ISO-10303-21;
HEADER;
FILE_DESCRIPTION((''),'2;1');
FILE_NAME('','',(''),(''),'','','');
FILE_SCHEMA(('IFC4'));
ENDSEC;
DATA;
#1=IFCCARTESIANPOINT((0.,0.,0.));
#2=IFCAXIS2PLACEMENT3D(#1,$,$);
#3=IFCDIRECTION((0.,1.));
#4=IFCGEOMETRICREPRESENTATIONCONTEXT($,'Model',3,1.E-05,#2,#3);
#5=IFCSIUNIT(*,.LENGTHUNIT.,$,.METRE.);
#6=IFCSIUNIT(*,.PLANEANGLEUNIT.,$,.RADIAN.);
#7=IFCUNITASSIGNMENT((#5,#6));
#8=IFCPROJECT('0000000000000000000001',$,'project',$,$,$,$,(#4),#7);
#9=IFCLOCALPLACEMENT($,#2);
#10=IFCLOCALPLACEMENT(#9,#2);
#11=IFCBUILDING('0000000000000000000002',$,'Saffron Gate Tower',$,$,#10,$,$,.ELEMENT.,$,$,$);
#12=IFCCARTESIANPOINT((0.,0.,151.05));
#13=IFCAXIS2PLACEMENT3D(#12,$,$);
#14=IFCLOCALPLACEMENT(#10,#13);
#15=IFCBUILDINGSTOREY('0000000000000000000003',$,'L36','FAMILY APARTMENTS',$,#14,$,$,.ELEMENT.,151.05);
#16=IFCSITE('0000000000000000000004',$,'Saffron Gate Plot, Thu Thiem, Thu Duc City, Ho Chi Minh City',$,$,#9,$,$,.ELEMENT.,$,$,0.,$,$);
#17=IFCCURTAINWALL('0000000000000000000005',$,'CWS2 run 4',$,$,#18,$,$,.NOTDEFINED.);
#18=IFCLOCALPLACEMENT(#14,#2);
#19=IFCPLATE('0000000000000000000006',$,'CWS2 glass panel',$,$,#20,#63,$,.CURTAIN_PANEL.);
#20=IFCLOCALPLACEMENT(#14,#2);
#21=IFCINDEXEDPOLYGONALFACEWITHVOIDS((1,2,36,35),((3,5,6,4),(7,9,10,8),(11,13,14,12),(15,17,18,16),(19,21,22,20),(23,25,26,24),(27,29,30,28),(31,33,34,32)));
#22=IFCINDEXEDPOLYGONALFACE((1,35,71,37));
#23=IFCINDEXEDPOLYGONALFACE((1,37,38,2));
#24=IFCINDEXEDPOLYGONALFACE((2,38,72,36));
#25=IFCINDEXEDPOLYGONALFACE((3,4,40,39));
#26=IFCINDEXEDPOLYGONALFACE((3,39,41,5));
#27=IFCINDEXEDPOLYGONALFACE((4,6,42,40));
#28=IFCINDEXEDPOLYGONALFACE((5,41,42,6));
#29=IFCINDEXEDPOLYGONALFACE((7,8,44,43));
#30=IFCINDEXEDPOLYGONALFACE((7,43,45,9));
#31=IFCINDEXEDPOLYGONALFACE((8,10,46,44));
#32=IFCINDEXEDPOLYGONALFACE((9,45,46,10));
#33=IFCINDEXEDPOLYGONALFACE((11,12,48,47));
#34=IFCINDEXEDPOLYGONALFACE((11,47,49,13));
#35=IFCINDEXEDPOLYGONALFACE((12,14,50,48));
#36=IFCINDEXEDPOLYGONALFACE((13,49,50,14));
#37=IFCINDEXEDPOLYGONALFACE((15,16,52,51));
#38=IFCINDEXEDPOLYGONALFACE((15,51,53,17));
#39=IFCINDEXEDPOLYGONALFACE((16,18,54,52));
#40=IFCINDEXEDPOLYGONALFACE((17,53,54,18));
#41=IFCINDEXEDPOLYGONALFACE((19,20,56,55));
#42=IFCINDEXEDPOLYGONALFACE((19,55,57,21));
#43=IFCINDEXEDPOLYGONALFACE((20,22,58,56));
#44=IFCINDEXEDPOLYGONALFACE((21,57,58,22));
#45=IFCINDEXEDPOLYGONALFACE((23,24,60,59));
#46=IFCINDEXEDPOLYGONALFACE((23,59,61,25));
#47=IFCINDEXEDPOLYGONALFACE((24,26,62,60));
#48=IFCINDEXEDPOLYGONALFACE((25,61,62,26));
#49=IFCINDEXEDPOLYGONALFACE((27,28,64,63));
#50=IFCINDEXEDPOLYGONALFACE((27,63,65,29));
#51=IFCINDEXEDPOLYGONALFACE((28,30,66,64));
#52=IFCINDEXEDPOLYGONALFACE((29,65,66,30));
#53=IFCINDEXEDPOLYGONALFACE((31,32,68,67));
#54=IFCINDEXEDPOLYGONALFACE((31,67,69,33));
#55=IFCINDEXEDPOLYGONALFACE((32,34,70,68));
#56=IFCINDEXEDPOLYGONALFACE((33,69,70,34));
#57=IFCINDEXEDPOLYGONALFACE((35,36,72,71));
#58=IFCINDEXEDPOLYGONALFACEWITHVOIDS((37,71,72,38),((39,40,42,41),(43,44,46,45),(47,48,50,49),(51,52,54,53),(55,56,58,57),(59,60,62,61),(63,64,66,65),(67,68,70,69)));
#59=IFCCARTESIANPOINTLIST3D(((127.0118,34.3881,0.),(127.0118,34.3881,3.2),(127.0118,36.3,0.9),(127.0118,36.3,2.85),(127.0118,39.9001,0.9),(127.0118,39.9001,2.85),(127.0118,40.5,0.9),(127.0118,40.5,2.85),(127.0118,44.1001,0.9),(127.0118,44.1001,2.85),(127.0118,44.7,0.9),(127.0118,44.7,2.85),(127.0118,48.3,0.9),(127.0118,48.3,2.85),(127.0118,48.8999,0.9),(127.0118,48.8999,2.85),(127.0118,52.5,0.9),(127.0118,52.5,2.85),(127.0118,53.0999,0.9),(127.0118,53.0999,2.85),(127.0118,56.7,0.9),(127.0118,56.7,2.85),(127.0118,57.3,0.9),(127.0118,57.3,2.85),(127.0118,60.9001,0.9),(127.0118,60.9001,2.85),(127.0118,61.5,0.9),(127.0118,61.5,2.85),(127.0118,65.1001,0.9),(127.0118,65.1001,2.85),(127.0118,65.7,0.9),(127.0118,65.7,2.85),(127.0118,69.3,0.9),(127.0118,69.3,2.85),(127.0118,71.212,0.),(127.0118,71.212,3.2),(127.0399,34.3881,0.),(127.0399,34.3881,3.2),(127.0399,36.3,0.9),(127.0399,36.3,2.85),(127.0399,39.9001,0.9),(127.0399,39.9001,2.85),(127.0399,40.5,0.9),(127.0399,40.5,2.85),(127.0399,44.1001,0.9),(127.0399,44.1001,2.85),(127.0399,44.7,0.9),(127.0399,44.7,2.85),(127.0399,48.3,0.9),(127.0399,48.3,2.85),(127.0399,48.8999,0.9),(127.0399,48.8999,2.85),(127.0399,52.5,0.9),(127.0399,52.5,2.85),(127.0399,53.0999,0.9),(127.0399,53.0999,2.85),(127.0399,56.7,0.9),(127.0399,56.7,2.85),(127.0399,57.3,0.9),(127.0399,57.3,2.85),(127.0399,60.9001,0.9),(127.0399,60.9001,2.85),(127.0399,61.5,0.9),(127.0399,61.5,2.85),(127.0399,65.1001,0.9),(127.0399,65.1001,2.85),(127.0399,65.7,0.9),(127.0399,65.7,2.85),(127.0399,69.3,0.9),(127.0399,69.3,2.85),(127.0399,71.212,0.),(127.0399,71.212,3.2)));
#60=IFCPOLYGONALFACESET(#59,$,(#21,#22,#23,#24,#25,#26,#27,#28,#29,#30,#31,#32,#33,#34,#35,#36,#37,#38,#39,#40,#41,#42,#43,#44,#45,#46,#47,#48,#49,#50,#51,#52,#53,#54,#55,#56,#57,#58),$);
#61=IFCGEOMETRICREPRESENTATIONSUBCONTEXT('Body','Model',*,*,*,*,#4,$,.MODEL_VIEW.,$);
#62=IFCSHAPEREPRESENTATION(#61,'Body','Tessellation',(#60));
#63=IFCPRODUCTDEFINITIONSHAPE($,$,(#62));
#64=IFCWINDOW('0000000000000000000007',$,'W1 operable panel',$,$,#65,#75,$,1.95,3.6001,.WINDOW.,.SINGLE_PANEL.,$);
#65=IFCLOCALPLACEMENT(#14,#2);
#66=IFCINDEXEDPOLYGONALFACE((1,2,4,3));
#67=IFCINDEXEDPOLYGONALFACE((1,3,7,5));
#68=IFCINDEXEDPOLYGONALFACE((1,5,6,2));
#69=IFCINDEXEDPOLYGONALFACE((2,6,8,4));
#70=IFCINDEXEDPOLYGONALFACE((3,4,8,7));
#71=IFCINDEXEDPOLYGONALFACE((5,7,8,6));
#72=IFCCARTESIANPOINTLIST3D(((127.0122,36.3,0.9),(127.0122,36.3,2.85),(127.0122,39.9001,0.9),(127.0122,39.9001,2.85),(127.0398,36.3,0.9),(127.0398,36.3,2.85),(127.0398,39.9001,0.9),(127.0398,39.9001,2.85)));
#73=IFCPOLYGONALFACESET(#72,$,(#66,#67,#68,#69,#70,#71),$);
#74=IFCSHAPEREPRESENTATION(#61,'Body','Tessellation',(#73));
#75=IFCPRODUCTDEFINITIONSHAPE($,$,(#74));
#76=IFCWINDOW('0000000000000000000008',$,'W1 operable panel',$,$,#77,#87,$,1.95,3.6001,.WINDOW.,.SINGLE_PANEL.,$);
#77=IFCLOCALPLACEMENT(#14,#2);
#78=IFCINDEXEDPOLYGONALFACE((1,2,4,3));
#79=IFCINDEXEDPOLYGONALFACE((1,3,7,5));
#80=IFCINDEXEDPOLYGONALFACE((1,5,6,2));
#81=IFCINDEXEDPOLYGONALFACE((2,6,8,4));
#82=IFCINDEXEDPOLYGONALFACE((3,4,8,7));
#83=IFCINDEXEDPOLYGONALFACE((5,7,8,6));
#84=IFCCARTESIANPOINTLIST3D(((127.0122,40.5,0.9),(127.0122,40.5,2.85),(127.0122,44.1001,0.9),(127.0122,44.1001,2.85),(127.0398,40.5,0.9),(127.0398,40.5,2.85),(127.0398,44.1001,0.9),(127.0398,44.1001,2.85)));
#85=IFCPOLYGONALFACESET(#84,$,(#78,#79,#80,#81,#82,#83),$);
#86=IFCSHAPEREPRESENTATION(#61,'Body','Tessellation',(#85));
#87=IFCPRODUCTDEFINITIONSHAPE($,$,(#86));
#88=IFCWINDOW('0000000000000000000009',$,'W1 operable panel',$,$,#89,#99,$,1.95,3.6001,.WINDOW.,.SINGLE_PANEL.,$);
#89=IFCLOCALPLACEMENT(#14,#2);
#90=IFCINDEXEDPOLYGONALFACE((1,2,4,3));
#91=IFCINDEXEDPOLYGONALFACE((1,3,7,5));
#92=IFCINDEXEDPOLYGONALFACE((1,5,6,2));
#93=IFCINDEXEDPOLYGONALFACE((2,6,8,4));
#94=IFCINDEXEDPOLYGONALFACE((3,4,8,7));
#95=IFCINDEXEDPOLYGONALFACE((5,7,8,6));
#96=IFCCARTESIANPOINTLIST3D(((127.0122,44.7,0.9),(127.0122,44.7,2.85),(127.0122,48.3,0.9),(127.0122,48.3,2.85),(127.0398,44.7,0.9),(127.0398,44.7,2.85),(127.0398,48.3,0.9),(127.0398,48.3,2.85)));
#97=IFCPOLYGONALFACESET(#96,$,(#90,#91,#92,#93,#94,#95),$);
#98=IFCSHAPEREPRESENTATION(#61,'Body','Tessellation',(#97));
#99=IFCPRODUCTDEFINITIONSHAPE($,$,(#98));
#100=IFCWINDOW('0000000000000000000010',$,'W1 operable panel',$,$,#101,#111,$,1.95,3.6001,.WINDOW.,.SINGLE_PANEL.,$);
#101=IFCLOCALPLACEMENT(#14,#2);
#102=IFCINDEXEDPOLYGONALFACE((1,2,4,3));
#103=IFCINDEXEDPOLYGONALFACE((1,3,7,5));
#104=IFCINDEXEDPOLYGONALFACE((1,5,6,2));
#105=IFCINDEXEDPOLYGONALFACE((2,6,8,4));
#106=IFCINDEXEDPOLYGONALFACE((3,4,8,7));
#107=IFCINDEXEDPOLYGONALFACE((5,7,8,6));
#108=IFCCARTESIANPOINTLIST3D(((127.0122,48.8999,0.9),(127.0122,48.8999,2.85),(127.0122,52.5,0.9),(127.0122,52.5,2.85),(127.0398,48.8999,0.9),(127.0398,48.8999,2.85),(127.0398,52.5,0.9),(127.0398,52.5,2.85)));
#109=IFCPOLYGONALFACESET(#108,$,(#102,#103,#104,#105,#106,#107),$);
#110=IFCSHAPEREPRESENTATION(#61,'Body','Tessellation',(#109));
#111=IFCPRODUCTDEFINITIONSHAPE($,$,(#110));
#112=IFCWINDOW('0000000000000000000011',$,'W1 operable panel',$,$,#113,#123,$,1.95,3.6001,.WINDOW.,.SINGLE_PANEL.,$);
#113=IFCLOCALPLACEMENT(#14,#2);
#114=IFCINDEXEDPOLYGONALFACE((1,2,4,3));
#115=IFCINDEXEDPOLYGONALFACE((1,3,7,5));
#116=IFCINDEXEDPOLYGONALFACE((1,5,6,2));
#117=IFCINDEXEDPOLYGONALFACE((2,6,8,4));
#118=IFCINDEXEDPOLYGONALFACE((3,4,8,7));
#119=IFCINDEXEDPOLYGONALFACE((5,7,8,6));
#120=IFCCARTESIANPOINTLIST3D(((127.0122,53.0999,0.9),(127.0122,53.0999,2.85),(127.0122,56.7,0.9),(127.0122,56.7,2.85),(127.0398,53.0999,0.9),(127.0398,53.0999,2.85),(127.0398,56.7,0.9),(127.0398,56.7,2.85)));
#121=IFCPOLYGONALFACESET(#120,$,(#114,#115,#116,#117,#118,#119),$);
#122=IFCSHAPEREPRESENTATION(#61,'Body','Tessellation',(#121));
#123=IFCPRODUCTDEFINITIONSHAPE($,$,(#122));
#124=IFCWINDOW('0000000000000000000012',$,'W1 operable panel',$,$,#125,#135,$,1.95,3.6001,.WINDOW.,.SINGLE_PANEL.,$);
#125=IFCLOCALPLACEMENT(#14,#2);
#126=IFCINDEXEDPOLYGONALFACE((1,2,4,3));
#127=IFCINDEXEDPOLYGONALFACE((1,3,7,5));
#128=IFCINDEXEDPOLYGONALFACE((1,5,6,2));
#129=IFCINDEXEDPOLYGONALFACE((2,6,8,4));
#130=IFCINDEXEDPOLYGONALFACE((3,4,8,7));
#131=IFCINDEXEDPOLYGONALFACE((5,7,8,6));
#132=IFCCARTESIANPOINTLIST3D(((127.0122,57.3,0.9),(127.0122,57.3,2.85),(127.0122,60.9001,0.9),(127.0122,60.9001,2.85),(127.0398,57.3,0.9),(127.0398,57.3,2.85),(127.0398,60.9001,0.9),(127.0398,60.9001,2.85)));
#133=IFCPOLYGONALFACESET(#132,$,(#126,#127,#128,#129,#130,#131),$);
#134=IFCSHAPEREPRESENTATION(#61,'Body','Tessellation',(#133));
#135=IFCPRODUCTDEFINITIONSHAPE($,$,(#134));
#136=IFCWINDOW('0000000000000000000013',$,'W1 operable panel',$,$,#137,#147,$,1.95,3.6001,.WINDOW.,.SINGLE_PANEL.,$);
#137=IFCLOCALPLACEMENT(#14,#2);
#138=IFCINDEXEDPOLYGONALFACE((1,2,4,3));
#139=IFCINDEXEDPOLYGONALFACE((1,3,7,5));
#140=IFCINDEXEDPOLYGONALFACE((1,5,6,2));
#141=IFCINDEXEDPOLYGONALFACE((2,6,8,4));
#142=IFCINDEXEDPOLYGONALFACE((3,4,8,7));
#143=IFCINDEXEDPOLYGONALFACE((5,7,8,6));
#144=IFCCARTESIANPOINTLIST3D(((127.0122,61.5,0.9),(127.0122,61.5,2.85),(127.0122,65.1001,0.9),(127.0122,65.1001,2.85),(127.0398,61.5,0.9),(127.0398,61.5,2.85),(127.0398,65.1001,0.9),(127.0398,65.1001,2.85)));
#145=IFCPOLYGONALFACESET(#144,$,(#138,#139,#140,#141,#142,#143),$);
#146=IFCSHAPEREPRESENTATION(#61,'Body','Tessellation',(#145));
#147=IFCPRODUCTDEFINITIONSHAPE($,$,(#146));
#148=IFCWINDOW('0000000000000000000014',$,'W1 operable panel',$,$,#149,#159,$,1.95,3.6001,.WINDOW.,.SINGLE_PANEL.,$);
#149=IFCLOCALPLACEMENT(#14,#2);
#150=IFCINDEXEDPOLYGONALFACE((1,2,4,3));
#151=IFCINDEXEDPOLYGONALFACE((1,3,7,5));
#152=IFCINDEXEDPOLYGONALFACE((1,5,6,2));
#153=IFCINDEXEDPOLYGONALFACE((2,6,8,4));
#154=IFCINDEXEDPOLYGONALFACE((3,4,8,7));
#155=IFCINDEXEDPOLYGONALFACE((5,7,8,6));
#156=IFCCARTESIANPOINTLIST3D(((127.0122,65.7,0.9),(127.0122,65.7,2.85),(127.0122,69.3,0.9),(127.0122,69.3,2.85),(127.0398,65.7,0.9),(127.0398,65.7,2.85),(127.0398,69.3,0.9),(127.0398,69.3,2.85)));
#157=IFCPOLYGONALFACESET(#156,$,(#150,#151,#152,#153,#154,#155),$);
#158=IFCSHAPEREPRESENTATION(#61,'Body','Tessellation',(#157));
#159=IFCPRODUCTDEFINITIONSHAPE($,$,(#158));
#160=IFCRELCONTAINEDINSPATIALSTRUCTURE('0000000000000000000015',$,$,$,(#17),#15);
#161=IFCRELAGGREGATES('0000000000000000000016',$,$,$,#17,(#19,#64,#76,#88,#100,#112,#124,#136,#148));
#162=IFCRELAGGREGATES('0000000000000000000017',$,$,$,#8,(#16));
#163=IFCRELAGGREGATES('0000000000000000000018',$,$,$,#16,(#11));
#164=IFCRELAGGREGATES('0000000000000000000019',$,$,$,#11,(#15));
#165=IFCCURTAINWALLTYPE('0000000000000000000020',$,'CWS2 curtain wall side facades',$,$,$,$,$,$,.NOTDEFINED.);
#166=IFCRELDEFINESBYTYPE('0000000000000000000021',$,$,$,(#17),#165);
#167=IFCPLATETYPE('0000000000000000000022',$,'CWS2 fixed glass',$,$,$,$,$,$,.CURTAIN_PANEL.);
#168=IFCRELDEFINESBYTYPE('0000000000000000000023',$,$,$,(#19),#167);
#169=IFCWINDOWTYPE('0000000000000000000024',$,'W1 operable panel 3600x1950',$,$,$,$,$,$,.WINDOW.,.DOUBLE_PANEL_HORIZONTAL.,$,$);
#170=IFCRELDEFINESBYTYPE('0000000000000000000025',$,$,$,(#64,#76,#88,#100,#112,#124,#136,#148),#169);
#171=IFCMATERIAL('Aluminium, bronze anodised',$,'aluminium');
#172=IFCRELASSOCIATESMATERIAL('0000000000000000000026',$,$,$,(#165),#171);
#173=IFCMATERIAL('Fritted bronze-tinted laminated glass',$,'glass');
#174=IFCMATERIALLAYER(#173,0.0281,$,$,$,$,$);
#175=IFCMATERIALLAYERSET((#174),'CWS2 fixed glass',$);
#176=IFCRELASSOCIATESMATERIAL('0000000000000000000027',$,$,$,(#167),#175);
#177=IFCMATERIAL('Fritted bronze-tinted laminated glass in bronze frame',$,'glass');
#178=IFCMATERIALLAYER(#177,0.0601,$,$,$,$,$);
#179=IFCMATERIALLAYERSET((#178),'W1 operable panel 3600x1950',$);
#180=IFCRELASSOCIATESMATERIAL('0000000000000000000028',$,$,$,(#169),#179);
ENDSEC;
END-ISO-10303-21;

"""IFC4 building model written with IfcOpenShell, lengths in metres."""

from ifc_helpers import new_model, si_unit, direction, frame, frame_2d, origin, place, context, subcontext, project, spatial, rectangle, extrude, material, layer, layer_set, type_object, element, fill, aggregate, save


model = new_model("IFC4")

# Units and contexts
model_context = context("Model", 3, precision=1e-05, world=origin(), true_north=direction((0.0, 1.0)))
body_context = subcontext(model_context, "Body", "Model", "MODEL_VIEW")
ifc_project = project(units=[si_unit("LENGTHUNIT", "METRE"), si_unit("PLANEANGLEUNIT", "RADIAN")], contexts=[model_context])

# Site, building, storey
site_placement = place(None, origin())
site = spatial("IfcSite", under=ifc_project, at=site_placement, Name="Saffron Gate Plot, Thu Thiem, Thu Duc City, Ho Chi Minh City", CompositionType="ELEMENT", RefElevation=0.0)
building_placement = place(site_placement, origin())
building = spatial("IfcBuilding", under=site, at=building_placement, Name="Saffron Gate Tower", CompositionType="ELEMENT")
storey_placement = place(building_placement, frame((0.0, 0.0, 151.05)))
storey = spatial("IfcBuildingStorey", under=building, at=storey_placement, Name="L36", Description="FAMILY APARTMENTS", CompositionType="ELEMENT", Elevation=151.05)

# Curtain wall
ifc_material_1 = material(Name="Aluminium, bronze anodised", Category="aluminium")
curtain_wall_type_1 = type_object("IfcCurtainWallType", Name="CWS2 curtain wall side facades", PredefinedType="NOTDEFINED", material=ifc_material_1)
curtain_wall_1_placement = place(storey_placement, origin())
curtain_wall_1 = element("IfcCurtainWall", 1, at=curtain_wall_1_placement, inside=storey, type_object=curtain_wall_type_1, Name="CWS2 run 4", PredefinedType="NOTDEFINED")

# Plate, openings, windows
ifc_material_2 = material(Name="Fritted bronze-tinted laminated glass", Category="glass")
ifc_layer_1 = layer(ifc_material_2, 0.0281)
ifc_layer_set_1 = layer_set([ifc_layer_1], Name="CWS2 fixed glass")
plate_type_1 = type_object("IfcPlateType", Name="CWS2 fixed glass", PredefinedType="CURTAIN_PANEL", material=ifc_layer_set_1)
plate_1_placement = place(storey_placement, frame((127.0259, 34.3879, 0.0), z_axis=(0.0, 0.0, 1.0), x_axis=(0.0, 1.0, 0.0)))
plate_1 = element("IfcPlate", 2, at=plate_1_placement, type_object=plate_type_1, Name="CWS2 glass panel", PredefinedType="CURTAIN_PANEL", context=body_context, shape_type="SweptSolid", body=[
    extrude(rectangle(XDim=36.824, YDim=0.0281, at=frame_2d((18.4121, 0.0))), origin(), (0.0, 0.0, 1.0), 3.2),
])
opening_1_placement = place(plate_1_placement, frame((1.9121, 0.0, 0.8999)))
opening_1 = element("IfcOpeningElement", 3, at=opening_1_placement, cuts=plate_1, PredefinedType="OPENING", context=body_context, shape_type="SweptSolid", body=[
    extrude(rectangle(XDim=3.6001, YDim=1.95, at=frame_2d((1.8, 0.9751))), frame((0.0, 0.0239, 0.0), z_axis=(0.0, -1.0, 0.0), x_axis=(1.0, 0.0, 0.0)), (0.0, 0.0, 1.0), 0.0481),
])
opening_2_placement = place(plate_1_placement, frame((6.1121, 0.0, 0.8999)))
opening_2 = element("IfcOpeningElement", 4, at=opening_2_placement, cuts=plate_1, PredefinedType="OPENING", context=body_context, shape_type="SweptSolid", body=[
    extrude(rectangle(XDim=3.6001, YDim=1.95, at=frame_2d((1.8, 0.9751))), frame((0.0, 0.0239, 0.0), z_axis=(0.0, -1.0, 0.0), x_axis=(1.0, 0.0, 0.0)), (0.0, 0.0, 1.0), 0.0481),
])
opening_3_placement = place(plate_1_placement, frame((10.312, 0.0, 0.8999)))
opening_3 = element("IfcOpeningElement", 5, at=opening_3_placement, cuts=plate_1, PredefinedType="OPENING", context=body_context, shape_type="SweptSolid", body=[
    extrude(rectangle(XDim=3.6001, YDim=1.95, at=frame_2d((1.8, 0.9751))), frame((0.0, 0.0239, 0.0), z_axis=(0.0, -1.0, 0.0), x_axis=(1.0, 0.0, 0.0)), (0.0, 0.0, 1.0), 0.0481),
])
opening_4_placement = place(plate_1_placement, frame((14.512, 0.0, 0.8999)))
opening_4 = element("IfcOpeningElement", 6, at=opening_4_placement, cuts=plate_1, PredefinedType="OPENING", context=body_context, shape_type="SweptSolid", body=[
    extrude(rectangle(XDim=3.6001, YDim=1.95, at=frame_2d((1.8, 0.9751))), frame((0.0, 0.0239, 0.0), z_axis=(0.0, -1.0, 0.0), x_axis=(1.0, 0.0, 0.0)), (0.0, 0.0, 1.0), 0.0481),
])
opening_5_placement = place(plate_1_placement, frame((18.7119, 0.0, 0.8999)))
opening_5 = element("IfcOpeningElement", 7, at=opening_5_placement, cuts=plate_1, PredefinedType="OPENING", context=body_context, shape_type="SweptSolid", body=[
    extrude(rectangle(XDim=3.6001, YDim=1.95, at=frame_2d((1.8, 0.9751))), frame((0.0, 0.0239, 0.0), z_axis=(0.0, -1.0, 0.0), x_axis=(1.0, 0.0, 0.0)), (0.0, 0.0, 1.0), 0.0481),
])
opening_6_placement = place(plate_1_placement, frame((22.9121, 0.0, 0.8999)))
opening_6 = element("IfcOpeningElement", 8, at=opening_6_placement, cuts=plate_1, PredefinedType="OPENING", context=body_context, shape_type="SweptSolid", body=[
    extrude(rectangle(XDim=3.6001, YDim=1.95, at=frame_2d((1.8, 0.9751))), frame((0.0, 0.0239, 0.0), z_axis=(0.0, -1.0, 0.0), x_axis=(1.0, 0.0, 0.0)), (0.0, 0.0, 1.0), 0.0481),
])
opening_7_placement = place(plate_1_placement, frame((27.1121, 0.0, 0.8999)))
opening_7 = element("IfcOpeningElement", 9, at=opening_7_placement, cuts=plate_1, PredefinedType="OPENING", context=body_context, shape_type="SweptSolid", body=[
    extrude(rectangle(XDim=3.6001, YDim=1.95, at=frame_2d((1.8, 0.9751))), frame((0.0, 0.0239, 0.0), z_axis=(0.0, -1.0, 0.0), x_axis=(1.0, 0.0, 0.0)), (0.0, 0.0, 1.0), 0.0481),
])
opening_8_placement = place(plate_1_placement, frame((31.312, 0.0, 0.8999)))
opening_8 = element("IfcOpeningElement", 10, at=opening_8_placement, cuts=plate_1, PredefinedType="OPENING", context=body_context, shape_type="SweptSolid", body=[
    extrude(rectangle(XDim=3.6001, YDim=1.95, at=frame_2d((1.8, 0.9751))), frame((0.0, 0.0239, 0.0), z_axis=(0.0, -1.0, 0.0), x_axis=(1.0, 0.0, 0.0)), (0.0, 0.0, 1.0), 0.0481),
])
ifc_material_3 = material(Name="Fritted bronze-tinted laminated glass in bronze frame", Category="glass")
ifc_layer_2 = layer(ifc_material_3, 0.0601)
ifc_layer_set_2 = layer_set([ifc_layer_2], Name="W1 operable panel 3600x1950")
window_type = type_object("IfcWindowType", Name="W1 operable panel 3600x1950", PartitioningType="DOUBLE_PANEL_HORIZONTAL", PredefinedType="WINDOW", material=ifc_layer_set_2)
window_1_placement = place(opening_1_placement, origin())
window_1 = element("IfcWindow", 11, at=window_1_placement, type_object=window_type, Name="W1 operable panel", OverallHeight=1.95, OverallWidth=3.6001, PartitioningType="SINGLE_PANEL", PredefinedType="WINDOW", context=body_context, shape_type="SweptSolid", body=[
    extrude(rectangle(XDim=3.6001, YDim=1.95, at=frame_2d((1.8, 0.9751))), frame((0.0, 0.0137, 0.0), z_axis=(0.0, -1.0, 0.0), x_axis=(1.0, 0.0, 0.0)), (0.0, 0.0, 1.0), 0.0276),
])
fill(opening_1, window_1)
window_2_placement = place(opening_2_placement, origin())
window_2 = element("IfcWindow", 12, at=window_2_placement, type_object=window_type, Name="W1 operable panel", OverallHeight=1.95, OverallWidth=3.6001, PartitioningType="SINGLE_PANEL", PredefinedType="WINDOW", context=body_context, shape_type="SweptSolid", body=[
    extrude(rectangle(XDim=3.6001, YDim=1.95, at=frame_2d((1.8, 0.9751))), frame((0.0, 0.0137, 0.0), z_axis=(0.0, -1.0, 0.0), x_axis=(1.0, 0.0, 0.0)), (0.0, 0.0, 1.0), 0.0276),
])
fill(opening_2, window_2)
window_3_placement = place(opening_3_placement, origin())
window_3 = element("IfcWindow", 13, at=window_3_placement, type_object=window_type, Name="W1 operable panel", OverallHeight=1.95, OverallWidth=3.6001, PartitioningType="SINGLE_PANEL", PredefinedType="WINDOW", context=body_context, shape_type="SweptSolid", body=[
    extrude(rectangle(XDim=3.6001, YDim=1.95, at=frame_2d((1.8, 0.9751))), frame((0.0, 0.0137, 0.0), z_axis=(0.0, -1.0, 0.0), x_axis=(1.0, 0.0, 0.0)), (0.0, 0.0, 1.0), 0.0276),
])
fill(opening_3, window_3)
window_4_placement = place(opening_4_placement, origin())
window_4 = element("IfcWindow", 14, at=window_4_placement, type_object=window_type, Name="W1 operable panel", OverallHeight=1.95, OverallWidth=3.6001, PartitioningType="SINGLE_PANEL", PredefinedType="WINDOW", context=body_context, shape_type="SweptSolid", body=[
    extrude(rectangle(XDim=3.6001, YDim=1.95, at=frame_2d((1.8, 0.9751))), frame((0.0, 0.0137, 0.0), z_axis=(0.0, -1.0, 0.0), x_axis=(1.0, 0.0, 0.0)), (0.0, 0.0, 1.0), 0.0276),
])
fill(opening_4, window_4)
window_5_placement = place(opening_5_placement, origin())
window_5 = element("IfcWindow", 15, at=window_5_placement, type_object=window_type, Name="W1 operable panel", OverallHeight=1.95, OverallWidth=3.6001, PartitioningType="SINGLE_PANEL", PredefinedType="WINDOW", context=body_context, shape_type="SweptSolid", body=[
    extrude(rectangle(XDim=3.6001, YDim=1.95, at=frame_2d((1.8, 0.9751))), frame((0.0, 0.0137, 0.0), z_axis=(0.0, -1.0, 0.0), x_axis=(1.0, 0.0, 0.0)), (0.0, 0.0, 1.0), 0.0276),
])
fill(opening_5, window_5)
window_6_placement = place(opening_6_placement, origin())
window_6 = element("IfcWindow", 16, at=window_6_placement, type_object=window_type, Name="W1 operable panel", OverallHeight=1.95, OverallWidth=3.6001, PartitioningType="SINGLE_PANEL", PredefinedType="WINDOW", context=body_context, shape_type="SweptSolid", body=[
    extrude(rectangle(XDim=3.6001, YDim=1.95, at=frame_2d((1.8, 0.9751))), frame((0.0, 0.0137, 0.0), z_axis=(0.0, -1.0, 0.0), x_axis=(1.0, 0.0, 0.0)), (0.0, 0.0, 1.0), 0.0276),
])
fill(opening_6, window_6)
window_7_placement = place(opening_7_placement, origin())
window_7 = element("IfcWindow", 17, at=window_7_placement, type_object=window_type, Name="W1 operable panel", OverallHeight=1.95, OverallWidth=3.6001, PartitioningType="SINGLE_PANEL", PredefinedType="WINDOW", context=body_context, shape_type="SweptSolid", body=[
    extrude(rectangle(XDim=3.6001, YDim=1.95, at=frame_2d((1.8, 0.9751))), frame((0.0, 0.0137, 0.0), z_axis=(0.0, -1.0, 0.0), x_axis=(1.0, 0.0, 0.0)), (0.0, 0.0, 1.0), 0.0276),
])
fill(opening_7, window_7)
window_8_placement = place(opening_8_placement, origin())
window_8 = element("IfcWindow", 18, at=window_8_placement, type_object=window_type, Name="W1 operable panel", OverallHeight=1.95, OverallWidth=3.6001, PartitioningType="SINGLE_PANEL", PredefinedType="WINDOW", context=body_context, shape_type="SweptSolid", body=[
    extrude(rectangle(XDim=3.6001, YDim=1.95, at=frame_2d((1.8, 0.9751))), frame((0.0, 0.0137, 0.0), z_axis=(0.0, -1.0, 0.0), x_axis=(1.0, 0.0, 0.0)), (0.0, 0.0, 1.0), 0.0276),
])
fill(opening_8, window_8)
aggregate(curtain_wall_1, [plate_1, window_1, window_2, window_3, window_4, window_5, window_6, window_7, window_8])

save(model, "model.ifc")
